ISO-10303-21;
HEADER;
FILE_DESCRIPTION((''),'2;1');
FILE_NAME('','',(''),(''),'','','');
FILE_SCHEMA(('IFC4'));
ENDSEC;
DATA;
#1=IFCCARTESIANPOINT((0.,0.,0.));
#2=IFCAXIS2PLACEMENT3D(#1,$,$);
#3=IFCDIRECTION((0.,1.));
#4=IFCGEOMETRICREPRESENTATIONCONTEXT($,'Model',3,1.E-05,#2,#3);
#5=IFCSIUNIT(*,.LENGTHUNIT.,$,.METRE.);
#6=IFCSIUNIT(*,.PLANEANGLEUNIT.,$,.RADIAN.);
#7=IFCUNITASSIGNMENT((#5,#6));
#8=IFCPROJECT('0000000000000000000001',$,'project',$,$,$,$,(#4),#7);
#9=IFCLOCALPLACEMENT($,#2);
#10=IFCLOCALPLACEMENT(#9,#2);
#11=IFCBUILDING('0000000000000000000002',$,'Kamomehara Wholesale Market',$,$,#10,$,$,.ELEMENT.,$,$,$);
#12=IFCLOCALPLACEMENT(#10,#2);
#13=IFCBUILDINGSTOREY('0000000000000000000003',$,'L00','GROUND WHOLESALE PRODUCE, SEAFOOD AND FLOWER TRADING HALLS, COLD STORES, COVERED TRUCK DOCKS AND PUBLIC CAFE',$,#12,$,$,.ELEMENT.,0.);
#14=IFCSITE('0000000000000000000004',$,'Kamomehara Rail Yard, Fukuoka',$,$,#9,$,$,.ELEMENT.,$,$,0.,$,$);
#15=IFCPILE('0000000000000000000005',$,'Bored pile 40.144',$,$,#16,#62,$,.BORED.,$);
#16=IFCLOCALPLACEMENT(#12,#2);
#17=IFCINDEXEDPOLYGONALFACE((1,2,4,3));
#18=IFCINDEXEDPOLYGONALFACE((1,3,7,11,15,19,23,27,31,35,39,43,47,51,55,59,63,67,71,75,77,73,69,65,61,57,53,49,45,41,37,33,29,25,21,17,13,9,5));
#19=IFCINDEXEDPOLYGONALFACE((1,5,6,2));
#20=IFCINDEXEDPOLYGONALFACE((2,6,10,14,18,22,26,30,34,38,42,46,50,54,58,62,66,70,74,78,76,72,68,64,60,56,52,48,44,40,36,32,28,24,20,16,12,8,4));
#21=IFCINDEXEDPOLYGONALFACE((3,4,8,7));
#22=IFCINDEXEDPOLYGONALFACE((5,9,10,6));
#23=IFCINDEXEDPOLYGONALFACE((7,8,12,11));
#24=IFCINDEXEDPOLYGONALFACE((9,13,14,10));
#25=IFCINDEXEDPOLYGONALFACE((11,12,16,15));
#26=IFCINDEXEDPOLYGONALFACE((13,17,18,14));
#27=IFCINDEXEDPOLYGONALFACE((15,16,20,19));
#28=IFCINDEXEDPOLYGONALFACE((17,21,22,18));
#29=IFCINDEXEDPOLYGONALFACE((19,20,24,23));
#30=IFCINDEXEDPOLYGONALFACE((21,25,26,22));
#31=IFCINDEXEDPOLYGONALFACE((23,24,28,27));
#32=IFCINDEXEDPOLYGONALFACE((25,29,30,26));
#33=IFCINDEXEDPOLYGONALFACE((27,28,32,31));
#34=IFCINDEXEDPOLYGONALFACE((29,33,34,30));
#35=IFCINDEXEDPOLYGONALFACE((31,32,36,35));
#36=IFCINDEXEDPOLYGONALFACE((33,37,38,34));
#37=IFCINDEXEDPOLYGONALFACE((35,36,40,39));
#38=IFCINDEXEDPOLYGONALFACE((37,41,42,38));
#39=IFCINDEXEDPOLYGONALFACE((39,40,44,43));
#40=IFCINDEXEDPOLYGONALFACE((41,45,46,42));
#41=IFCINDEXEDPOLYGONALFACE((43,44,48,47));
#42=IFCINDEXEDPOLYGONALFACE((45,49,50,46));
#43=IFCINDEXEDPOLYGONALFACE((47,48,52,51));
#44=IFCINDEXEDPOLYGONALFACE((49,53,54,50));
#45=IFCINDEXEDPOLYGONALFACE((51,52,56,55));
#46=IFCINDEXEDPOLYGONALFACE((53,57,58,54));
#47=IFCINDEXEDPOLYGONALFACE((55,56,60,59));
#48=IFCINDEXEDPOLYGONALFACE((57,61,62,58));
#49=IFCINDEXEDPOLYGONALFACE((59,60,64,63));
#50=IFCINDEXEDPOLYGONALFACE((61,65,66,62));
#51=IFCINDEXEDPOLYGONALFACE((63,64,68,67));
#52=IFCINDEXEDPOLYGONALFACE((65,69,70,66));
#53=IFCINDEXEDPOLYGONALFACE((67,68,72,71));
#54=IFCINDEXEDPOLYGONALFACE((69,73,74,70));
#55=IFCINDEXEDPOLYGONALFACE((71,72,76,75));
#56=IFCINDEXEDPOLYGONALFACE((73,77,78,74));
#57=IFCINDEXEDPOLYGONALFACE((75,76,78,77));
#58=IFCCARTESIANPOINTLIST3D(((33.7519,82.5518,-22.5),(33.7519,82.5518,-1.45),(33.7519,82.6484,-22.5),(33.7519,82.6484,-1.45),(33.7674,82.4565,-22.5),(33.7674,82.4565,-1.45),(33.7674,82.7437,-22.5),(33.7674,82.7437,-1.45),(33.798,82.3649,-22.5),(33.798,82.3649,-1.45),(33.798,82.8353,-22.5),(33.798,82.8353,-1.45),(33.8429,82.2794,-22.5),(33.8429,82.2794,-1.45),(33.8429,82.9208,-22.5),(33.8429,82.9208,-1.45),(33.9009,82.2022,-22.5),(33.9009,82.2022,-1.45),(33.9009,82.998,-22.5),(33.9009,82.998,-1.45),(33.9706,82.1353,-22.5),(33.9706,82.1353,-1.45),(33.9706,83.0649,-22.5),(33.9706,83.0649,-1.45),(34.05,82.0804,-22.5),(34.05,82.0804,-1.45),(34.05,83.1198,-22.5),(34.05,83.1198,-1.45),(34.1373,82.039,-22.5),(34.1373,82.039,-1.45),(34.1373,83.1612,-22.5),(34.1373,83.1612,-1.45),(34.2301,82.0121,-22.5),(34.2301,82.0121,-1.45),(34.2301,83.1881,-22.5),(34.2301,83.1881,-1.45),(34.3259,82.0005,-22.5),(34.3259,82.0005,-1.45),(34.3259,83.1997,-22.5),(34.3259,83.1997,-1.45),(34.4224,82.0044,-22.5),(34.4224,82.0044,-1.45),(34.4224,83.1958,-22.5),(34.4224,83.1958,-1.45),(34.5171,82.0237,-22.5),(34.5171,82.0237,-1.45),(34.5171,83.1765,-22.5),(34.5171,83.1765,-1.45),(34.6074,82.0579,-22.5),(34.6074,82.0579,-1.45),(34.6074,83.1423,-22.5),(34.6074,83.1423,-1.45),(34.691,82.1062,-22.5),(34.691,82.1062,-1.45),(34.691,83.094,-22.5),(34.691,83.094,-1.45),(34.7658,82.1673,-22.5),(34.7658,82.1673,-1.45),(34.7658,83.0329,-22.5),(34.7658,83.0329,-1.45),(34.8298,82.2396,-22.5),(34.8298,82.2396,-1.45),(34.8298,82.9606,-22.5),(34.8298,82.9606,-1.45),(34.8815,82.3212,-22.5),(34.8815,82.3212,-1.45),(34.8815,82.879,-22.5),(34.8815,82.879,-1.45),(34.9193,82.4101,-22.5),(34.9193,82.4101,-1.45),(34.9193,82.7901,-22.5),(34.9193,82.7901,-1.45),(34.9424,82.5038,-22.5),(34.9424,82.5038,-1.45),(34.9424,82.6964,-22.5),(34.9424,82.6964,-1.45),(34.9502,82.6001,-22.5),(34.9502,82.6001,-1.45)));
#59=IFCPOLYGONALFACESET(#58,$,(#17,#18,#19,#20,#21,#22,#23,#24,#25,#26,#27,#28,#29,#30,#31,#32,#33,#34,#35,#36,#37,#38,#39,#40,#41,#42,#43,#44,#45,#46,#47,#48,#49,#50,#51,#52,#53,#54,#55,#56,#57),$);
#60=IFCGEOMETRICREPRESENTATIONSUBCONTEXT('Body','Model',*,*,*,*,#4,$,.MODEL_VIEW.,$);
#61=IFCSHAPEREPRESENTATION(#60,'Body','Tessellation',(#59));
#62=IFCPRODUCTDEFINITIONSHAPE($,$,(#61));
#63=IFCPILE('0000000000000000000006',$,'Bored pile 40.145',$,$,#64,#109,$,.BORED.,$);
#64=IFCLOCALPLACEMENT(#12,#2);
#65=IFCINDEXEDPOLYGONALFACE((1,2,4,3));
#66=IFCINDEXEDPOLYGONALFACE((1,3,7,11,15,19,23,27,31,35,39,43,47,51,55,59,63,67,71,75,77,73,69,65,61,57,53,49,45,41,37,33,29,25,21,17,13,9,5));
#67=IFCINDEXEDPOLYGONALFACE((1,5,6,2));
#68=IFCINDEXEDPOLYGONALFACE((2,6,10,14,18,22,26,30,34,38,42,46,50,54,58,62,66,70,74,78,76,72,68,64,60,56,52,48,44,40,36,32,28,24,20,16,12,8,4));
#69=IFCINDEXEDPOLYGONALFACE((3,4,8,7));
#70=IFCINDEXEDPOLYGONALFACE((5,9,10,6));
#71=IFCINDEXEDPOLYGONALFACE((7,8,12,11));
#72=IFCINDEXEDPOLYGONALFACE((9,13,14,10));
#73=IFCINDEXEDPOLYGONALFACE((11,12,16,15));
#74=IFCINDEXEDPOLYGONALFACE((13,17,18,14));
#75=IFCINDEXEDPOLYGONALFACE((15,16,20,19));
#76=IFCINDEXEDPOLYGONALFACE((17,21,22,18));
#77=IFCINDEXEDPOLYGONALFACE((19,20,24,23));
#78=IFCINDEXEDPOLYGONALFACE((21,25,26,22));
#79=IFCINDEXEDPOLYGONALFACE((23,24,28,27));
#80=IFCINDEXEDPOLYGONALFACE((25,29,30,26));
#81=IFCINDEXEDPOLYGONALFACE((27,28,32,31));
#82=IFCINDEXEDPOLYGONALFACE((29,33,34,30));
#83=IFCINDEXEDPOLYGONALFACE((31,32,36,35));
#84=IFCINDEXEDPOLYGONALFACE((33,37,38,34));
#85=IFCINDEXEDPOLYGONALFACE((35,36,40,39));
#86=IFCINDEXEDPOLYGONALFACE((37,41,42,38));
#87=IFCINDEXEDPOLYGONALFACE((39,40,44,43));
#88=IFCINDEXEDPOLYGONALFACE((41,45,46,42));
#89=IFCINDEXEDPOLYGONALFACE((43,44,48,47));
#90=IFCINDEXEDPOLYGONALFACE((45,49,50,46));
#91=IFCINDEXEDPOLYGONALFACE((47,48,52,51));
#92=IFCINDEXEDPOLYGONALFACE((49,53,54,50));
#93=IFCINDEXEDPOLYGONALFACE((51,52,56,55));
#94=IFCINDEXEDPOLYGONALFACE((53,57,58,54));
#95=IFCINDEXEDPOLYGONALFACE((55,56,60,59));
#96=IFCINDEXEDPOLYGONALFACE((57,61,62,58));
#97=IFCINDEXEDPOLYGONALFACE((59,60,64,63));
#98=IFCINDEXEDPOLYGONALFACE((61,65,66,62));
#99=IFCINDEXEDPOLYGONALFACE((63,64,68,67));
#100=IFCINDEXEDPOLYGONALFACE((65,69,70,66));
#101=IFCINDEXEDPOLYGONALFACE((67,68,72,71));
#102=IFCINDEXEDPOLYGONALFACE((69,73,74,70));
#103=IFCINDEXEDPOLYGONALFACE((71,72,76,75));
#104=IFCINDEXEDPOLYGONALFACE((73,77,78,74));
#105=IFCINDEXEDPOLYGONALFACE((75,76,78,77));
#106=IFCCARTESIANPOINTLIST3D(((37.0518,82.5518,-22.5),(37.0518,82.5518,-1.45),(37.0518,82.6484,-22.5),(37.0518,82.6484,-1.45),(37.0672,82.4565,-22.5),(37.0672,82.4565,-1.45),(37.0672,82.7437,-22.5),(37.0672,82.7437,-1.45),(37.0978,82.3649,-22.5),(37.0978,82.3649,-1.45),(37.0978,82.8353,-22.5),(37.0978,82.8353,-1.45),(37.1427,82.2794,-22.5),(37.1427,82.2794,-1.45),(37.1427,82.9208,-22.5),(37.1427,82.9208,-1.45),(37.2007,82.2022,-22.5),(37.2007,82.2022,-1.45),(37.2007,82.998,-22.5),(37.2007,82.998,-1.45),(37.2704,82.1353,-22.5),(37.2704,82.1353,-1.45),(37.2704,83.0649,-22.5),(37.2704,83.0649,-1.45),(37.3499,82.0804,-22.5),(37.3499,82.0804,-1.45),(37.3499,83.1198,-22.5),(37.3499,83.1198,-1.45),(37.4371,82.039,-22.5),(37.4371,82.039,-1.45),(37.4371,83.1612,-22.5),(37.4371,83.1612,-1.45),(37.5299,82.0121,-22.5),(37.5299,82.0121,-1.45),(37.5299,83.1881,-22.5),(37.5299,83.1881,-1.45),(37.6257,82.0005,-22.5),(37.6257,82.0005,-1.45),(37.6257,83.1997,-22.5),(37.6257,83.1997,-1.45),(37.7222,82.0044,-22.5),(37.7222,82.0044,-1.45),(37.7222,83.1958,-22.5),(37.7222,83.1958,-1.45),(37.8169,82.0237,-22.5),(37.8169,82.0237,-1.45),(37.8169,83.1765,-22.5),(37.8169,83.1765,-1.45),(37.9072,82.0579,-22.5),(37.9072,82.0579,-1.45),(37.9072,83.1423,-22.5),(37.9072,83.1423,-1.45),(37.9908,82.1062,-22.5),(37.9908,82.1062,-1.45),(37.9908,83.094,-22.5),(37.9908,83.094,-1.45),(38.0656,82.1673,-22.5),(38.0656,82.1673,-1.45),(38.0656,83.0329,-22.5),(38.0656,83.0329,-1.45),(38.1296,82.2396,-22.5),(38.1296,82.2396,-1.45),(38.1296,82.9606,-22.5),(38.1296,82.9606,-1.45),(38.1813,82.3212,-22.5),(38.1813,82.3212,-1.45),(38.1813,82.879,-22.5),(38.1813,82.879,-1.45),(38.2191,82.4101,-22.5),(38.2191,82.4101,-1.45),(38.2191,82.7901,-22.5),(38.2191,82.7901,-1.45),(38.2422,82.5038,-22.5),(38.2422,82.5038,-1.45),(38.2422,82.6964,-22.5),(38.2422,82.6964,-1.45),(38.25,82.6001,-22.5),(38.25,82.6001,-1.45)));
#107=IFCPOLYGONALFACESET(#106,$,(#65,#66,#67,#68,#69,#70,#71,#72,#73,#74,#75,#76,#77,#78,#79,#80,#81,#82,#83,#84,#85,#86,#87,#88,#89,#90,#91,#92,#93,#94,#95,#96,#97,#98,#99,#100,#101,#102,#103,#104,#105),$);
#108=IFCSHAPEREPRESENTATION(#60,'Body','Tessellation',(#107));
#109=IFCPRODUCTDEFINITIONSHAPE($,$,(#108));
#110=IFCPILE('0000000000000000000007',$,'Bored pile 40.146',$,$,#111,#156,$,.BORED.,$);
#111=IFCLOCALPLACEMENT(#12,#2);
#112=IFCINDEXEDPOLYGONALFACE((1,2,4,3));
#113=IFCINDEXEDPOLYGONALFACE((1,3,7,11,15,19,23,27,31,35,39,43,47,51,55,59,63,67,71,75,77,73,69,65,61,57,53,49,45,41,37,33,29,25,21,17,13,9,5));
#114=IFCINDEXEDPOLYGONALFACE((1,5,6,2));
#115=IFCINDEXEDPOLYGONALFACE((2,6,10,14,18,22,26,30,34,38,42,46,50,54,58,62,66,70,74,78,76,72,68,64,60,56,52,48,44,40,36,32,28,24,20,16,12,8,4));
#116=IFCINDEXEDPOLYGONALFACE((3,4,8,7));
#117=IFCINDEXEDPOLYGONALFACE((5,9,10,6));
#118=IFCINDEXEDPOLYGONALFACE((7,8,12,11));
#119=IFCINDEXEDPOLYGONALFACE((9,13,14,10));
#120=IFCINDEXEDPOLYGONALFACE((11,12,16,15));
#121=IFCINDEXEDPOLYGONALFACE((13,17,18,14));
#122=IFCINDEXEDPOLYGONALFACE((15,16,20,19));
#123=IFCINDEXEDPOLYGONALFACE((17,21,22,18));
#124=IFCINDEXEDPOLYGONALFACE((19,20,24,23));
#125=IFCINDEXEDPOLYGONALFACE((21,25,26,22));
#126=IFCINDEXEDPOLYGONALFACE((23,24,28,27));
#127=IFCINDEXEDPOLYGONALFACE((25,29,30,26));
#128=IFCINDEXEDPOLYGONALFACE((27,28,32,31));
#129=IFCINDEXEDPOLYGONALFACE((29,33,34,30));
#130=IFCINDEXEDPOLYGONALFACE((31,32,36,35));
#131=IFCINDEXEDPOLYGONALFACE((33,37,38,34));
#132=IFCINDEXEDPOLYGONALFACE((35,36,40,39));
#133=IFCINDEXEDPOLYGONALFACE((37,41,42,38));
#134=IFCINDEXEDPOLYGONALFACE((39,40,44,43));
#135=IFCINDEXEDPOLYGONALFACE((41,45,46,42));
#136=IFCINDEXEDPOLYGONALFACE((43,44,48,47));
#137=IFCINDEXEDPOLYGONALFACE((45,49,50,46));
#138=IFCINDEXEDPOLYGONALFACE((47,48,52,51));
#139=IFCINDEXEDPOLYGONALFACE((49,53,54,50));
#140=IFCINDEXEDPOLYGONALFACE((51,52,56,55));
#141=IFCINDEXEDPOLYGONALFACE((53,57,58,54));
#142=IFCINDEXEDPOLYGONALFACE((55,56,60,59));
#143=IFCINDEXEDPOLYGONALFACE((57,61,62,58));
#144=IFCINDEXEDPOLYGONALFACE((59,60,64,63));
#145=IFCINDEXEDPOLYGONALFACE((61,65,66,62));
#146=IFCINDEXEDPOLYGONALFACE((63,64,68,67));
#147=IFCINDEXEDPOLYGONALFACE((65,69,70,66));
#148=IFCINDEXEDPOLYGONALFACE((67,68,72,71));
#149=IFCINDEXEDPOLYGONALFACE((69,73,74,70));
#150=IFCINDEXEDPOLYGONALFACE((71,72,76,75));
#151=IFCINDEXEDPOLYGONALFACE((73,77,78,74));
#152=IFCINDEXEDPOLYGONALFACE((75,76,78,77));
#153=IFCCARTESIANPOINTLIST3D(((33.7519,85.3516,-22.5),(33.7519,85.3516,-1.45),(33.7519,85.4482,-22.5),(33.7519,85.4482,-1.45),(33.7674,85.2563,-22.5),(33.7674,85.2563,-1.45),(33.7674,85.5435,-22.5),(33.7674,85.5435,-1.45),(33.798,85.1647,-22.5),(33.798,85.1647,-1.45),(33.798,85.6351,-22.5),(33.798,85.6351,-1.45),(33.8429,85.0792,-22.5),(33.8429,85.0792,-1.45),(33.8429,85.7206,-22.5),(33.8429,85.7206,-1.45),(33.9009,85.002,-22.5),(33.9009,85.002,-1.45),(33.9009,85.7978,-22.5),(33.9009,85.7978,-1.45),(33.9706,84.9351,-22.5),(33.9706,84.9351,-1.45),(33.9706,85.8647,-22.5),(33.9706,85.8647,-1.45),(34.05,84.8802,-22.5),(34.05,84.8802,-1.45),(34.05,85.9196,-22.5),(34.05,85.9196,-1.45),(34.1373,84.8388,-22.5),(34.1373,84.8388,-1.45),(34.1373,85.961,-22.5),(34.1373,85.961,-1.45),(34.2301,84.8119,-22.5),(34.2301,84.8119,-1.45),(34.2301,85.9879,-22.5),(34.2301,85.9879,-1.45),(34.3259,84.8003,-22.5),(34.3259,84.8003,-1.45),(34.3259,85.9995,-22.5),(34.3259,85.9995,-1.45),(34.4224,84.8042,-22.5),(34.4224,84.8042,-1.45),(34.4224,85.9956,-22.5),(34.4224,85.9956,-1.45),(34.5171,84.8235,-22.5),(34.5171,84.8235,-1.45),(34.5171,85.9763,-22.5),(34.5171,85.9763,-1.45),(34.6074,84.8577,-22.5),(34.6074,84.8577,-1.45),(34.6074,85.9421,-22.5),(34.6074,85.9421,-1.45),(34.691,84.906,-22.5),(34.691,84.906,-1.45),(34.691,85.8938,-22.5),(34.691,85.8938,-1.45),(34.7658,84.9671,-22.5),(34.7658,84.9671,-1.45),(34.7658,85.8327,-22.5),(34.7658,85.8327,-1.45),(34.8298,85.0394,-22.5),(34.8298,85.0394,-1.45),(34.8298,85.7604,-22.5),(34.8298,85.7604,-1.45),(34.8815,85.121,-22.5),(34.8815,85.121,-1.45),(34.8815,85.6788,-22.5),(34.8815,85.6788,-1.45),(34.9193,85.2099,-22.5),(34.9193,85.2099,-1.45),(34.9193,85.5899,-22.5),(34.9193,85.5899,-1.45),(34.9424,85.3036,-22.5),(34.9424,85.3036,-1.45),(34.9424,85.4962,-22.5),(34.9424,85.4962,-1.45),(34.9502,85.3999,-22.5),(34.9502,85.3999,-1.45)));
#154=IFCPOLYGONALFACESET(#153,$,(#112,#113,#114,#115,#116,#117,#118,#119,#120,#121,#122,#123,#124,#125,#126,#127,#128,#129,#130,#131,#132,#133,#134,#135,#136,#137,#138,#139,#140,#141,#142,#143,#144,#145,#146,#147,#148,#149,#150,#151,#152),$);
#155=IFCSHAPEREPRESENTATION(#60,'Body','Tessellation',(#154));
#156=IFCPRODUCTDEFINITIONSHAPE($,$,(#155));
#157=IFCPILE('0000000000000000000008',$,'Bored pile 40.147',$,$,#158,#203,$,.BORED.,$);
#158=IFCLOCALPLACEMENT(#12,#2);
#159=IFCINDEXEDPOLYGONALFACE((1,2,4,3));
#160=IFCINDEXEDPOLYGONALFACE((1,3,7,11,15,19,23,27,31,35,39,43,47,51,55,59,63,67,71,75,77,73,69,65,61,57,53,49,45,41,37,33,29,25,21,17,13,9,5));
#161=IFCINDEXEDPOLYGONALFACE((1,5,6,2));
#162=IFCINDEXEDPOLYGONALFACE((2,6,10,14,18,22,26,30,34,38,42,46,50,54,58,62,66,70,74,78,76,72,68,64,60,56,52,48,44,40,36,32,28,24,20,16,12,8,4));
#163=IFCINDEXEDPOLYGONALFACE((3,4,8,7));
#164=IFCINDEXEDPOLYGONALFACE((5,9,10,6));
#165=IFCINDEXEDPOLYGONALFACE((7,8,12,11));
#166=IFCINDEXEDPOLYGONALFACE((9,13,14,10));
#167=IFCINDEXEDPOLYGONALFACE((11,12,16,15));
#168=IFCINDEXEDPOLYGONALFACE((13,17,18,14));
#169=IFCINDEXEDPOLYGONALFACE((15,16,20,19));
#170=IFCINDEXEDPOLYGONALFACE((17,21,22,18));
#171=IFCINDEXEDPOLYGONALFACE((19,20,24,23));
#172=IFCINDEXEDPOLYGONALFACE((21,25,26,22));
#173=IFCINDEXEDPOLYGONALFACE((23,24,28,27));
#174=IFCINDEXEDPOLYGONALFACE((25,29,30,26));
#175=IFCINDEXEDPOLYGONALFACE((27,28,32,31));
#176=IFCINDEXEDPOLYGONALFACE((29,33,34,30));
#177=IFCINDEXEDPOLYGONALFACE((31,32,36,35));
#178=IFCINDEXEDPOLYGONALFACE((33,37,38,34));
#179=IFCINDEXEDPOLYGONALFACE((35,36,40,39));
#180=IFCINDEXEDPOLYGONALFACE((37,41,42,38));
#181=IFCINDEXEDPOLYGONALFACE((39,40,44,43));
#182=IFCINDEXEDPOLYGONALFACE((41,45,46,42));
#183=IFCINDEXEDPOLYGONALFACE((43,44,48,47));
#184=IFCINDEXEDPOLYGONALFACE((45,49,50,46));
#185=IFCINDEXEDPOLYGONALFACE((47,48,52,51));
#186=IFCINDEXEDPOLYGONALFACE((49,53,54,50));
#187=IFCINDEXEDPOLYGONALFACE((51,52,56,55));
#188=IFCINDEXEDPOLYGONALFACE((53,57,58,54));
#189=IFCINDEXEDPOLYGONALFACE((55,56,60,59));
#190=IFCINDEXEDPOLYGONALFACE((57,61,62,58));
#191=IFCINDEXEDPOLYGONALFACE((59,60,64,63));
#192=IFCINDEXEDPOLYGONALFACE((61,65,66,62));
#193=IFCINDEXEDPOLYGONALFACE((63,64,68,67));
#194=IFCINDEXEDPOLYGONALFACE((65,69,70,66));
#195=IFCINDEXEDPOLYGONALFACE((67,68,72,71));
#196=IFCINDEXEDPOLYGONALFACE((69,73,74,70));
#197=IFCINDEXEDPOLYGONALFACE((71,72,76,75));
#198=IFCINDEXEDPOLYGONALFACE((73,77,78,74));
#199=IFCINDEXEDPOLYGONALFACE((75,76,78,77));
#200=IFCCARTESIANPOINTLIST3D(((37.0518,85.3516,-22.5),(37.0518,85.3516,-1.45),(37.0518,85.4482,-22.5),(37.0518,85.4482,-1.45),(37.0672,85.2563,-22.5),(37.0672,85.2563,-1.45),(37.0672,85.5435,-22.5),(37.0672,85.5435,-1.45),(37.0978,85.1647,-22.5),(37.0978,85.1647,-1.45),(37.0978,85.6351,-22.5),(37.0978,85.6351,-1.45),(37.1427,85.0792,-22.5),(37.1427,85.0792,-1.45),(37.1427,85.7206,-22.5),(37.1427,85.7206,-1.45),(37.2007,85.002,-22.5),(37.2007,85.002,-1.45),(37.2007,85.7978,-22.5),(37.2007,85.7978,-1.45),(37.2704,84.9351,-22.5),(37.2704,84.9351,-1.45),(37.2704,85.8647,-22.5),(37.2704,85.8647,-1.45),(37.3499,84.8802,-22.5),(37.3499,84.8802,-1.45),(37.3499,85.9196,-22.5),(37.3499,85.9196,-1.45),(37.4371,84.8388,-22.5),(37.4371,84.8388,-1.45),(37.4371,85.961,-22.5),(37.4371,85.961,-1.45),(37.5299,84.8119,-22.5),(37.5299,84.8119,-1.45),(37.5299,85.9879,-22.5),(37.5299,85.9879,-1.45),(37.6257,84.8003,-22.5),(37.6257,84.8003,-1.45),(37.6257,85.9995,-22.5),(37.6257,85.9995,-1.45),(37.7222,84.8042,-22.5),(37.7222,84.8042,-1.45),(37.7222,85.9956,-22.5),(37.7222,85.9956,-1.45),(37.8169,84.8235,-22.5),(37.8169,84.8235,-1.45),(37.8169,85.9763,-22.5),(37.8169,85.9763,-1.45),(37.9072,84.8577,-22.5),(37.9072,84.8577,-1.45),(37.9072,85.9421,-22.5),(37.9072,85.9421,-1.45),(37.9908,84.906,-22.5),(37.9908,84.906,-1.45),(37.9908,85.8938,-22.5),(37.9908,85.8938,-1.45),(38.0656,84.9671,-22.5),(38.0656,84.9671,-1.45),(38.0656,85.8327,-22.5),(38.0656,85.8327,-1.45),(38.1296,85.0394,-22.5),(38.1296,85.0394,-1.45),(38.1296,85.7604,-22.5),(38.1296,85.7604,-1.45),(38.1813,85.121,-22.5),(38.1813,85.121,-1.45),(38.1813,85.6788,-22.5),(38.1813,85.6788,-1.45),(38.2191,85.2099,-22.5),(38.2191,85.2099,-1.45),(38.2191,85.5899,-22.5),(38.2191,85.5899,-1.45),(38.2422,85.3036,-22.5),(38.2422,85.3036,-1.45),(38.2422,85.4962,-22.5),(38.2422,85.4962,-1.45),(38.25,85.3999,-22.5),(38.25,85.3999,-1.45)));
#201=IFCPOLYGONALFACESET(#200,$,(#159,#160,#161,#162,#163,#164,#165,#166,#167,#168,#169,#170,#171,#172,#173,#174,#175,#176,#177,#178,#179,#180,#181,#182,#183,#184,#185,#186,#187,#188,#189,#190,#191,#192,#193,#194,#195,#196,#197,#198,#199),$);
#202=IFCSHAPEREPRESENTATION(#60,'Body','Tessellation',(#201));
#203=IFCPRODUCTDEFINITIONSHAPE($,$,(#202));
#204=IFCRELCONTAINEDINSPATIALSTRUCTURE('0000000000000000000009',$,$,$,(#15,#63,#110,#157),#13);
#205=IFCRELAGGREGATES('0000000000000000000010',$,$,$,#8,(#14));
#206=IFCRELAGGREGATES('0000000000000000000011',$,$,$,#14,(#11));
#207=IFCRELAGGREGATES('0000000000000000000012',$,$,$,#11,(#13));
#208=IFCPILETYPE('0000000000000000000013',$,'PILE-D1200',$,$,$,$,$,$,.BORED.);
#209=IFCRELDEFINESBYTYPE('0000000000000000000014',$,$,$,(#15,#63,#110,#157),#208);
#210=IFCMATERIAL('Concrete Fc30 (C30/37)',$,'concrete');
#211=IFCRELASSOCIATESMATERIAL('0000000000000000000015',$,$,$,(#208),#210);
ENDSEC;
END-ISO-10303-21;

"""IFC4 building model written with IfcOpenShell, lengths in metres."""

from ifc_helpers import new_model, si_unit, direction, frame, origin, origin_2d, place, context, subcontext, project, spatial, circle, extrude, material, material_profile, profile_set, type_object, element, save


model = new_model("IFC4")

# Units and contexts
model_context = context("Model", 3, precision=1e-05, world=origin(), true_north=direction((0.0, 1.0)))
body_context = subcontext(model_context, "Body", "Model", "MODEL_VIEW")
ifc_project = project(units=[si_unit("LENGTHUNIT", "METRE"), si_unit("PLANEANGLEUNIT", "RADIAN")], contexts=[model_context])

# Site, building, storey
site_placement = place(None, origin())
site = spatial("IfcSite", under=ifc_project, at=site_placement, Name="Kamomehara Rail Yard, Fukuoka", CompositionType="ELEMENT", RefElevation=0.0)
building_placement = place(site_placement, origin())
building = spatial("IfcBuilding", under=site, at=building_placement, Name="Kamomehara Wholesale Market", CompositionType="ELEMENT")
storey_placement = place(building_placement, origin())
storey = spatial("IfcBuildingStorey", under=building, at=storey_placement, Name="L00", Description="GROUND WHOLESALE PRODUCE, SEAFOOD AND FLOWER TRADING HALLS, COLD STORES, COVERED TRUCK DOCKS AND PUBLIC CAFE", CompositionType="ELEMENT", Elevation=0.0)

# Piles
ifc_material_1 = material(Name="Concrete Fc30 (C30/37)", Category="concrete")
ifc_material_profile_1 = material_profile(ifc_material_1, circle(Radius=0.6001, at=origin_2d()), Name="RC-PILE-D1200")
ifc_profile_set_1 = profile_set([ifc_material_profile_1], Name="Concrete Fc30 (C30/37)")
pile_type = type_object("IfcPileType", Name="PILE-D1200", PredefinedType="BORED", material=ifc_profile_set_1)
for number, where, z_axis, x_axis, name in (
    (1, (34.3501, 82.6001, -1.45), (0.0, 0.0, -1.0), (1.0, 0.0, 0.0), "Bored pile 40.144"),
    (2, (37.6499, 82.6001, -1.45), (0.0, 0.0, -1.0), (1.0, 0.0, 0.0), "Bored pile 40.145"),
    (3, (34.3501, 85.3999, -1.45), (0.0, 0.0, -1.0), (1.0, 0.0, 0.0), "Bored pile 40.146"),
    (4, (37.6499, 85.3999, -1.45), (0.0, 0.0, -1.0), (1.0, 0.0, 0.0), "Bored pile 40.147"),
):
    element("IfcPile", number, at=place(storey_placement, frame(where, z_axis=z_axis, x_axis=x_axis)), inside=storey, type_object=pile_type, Name=name, PredefinedType="BORED", context=body_context, shape_type="SweptSolid", body=[
        extrude(circle(Radius=0.6001, at=origin_2d()), origin(), (0.0, 0.0, 1.0), 21.05),
    ])

save(model, "model.ifc")
